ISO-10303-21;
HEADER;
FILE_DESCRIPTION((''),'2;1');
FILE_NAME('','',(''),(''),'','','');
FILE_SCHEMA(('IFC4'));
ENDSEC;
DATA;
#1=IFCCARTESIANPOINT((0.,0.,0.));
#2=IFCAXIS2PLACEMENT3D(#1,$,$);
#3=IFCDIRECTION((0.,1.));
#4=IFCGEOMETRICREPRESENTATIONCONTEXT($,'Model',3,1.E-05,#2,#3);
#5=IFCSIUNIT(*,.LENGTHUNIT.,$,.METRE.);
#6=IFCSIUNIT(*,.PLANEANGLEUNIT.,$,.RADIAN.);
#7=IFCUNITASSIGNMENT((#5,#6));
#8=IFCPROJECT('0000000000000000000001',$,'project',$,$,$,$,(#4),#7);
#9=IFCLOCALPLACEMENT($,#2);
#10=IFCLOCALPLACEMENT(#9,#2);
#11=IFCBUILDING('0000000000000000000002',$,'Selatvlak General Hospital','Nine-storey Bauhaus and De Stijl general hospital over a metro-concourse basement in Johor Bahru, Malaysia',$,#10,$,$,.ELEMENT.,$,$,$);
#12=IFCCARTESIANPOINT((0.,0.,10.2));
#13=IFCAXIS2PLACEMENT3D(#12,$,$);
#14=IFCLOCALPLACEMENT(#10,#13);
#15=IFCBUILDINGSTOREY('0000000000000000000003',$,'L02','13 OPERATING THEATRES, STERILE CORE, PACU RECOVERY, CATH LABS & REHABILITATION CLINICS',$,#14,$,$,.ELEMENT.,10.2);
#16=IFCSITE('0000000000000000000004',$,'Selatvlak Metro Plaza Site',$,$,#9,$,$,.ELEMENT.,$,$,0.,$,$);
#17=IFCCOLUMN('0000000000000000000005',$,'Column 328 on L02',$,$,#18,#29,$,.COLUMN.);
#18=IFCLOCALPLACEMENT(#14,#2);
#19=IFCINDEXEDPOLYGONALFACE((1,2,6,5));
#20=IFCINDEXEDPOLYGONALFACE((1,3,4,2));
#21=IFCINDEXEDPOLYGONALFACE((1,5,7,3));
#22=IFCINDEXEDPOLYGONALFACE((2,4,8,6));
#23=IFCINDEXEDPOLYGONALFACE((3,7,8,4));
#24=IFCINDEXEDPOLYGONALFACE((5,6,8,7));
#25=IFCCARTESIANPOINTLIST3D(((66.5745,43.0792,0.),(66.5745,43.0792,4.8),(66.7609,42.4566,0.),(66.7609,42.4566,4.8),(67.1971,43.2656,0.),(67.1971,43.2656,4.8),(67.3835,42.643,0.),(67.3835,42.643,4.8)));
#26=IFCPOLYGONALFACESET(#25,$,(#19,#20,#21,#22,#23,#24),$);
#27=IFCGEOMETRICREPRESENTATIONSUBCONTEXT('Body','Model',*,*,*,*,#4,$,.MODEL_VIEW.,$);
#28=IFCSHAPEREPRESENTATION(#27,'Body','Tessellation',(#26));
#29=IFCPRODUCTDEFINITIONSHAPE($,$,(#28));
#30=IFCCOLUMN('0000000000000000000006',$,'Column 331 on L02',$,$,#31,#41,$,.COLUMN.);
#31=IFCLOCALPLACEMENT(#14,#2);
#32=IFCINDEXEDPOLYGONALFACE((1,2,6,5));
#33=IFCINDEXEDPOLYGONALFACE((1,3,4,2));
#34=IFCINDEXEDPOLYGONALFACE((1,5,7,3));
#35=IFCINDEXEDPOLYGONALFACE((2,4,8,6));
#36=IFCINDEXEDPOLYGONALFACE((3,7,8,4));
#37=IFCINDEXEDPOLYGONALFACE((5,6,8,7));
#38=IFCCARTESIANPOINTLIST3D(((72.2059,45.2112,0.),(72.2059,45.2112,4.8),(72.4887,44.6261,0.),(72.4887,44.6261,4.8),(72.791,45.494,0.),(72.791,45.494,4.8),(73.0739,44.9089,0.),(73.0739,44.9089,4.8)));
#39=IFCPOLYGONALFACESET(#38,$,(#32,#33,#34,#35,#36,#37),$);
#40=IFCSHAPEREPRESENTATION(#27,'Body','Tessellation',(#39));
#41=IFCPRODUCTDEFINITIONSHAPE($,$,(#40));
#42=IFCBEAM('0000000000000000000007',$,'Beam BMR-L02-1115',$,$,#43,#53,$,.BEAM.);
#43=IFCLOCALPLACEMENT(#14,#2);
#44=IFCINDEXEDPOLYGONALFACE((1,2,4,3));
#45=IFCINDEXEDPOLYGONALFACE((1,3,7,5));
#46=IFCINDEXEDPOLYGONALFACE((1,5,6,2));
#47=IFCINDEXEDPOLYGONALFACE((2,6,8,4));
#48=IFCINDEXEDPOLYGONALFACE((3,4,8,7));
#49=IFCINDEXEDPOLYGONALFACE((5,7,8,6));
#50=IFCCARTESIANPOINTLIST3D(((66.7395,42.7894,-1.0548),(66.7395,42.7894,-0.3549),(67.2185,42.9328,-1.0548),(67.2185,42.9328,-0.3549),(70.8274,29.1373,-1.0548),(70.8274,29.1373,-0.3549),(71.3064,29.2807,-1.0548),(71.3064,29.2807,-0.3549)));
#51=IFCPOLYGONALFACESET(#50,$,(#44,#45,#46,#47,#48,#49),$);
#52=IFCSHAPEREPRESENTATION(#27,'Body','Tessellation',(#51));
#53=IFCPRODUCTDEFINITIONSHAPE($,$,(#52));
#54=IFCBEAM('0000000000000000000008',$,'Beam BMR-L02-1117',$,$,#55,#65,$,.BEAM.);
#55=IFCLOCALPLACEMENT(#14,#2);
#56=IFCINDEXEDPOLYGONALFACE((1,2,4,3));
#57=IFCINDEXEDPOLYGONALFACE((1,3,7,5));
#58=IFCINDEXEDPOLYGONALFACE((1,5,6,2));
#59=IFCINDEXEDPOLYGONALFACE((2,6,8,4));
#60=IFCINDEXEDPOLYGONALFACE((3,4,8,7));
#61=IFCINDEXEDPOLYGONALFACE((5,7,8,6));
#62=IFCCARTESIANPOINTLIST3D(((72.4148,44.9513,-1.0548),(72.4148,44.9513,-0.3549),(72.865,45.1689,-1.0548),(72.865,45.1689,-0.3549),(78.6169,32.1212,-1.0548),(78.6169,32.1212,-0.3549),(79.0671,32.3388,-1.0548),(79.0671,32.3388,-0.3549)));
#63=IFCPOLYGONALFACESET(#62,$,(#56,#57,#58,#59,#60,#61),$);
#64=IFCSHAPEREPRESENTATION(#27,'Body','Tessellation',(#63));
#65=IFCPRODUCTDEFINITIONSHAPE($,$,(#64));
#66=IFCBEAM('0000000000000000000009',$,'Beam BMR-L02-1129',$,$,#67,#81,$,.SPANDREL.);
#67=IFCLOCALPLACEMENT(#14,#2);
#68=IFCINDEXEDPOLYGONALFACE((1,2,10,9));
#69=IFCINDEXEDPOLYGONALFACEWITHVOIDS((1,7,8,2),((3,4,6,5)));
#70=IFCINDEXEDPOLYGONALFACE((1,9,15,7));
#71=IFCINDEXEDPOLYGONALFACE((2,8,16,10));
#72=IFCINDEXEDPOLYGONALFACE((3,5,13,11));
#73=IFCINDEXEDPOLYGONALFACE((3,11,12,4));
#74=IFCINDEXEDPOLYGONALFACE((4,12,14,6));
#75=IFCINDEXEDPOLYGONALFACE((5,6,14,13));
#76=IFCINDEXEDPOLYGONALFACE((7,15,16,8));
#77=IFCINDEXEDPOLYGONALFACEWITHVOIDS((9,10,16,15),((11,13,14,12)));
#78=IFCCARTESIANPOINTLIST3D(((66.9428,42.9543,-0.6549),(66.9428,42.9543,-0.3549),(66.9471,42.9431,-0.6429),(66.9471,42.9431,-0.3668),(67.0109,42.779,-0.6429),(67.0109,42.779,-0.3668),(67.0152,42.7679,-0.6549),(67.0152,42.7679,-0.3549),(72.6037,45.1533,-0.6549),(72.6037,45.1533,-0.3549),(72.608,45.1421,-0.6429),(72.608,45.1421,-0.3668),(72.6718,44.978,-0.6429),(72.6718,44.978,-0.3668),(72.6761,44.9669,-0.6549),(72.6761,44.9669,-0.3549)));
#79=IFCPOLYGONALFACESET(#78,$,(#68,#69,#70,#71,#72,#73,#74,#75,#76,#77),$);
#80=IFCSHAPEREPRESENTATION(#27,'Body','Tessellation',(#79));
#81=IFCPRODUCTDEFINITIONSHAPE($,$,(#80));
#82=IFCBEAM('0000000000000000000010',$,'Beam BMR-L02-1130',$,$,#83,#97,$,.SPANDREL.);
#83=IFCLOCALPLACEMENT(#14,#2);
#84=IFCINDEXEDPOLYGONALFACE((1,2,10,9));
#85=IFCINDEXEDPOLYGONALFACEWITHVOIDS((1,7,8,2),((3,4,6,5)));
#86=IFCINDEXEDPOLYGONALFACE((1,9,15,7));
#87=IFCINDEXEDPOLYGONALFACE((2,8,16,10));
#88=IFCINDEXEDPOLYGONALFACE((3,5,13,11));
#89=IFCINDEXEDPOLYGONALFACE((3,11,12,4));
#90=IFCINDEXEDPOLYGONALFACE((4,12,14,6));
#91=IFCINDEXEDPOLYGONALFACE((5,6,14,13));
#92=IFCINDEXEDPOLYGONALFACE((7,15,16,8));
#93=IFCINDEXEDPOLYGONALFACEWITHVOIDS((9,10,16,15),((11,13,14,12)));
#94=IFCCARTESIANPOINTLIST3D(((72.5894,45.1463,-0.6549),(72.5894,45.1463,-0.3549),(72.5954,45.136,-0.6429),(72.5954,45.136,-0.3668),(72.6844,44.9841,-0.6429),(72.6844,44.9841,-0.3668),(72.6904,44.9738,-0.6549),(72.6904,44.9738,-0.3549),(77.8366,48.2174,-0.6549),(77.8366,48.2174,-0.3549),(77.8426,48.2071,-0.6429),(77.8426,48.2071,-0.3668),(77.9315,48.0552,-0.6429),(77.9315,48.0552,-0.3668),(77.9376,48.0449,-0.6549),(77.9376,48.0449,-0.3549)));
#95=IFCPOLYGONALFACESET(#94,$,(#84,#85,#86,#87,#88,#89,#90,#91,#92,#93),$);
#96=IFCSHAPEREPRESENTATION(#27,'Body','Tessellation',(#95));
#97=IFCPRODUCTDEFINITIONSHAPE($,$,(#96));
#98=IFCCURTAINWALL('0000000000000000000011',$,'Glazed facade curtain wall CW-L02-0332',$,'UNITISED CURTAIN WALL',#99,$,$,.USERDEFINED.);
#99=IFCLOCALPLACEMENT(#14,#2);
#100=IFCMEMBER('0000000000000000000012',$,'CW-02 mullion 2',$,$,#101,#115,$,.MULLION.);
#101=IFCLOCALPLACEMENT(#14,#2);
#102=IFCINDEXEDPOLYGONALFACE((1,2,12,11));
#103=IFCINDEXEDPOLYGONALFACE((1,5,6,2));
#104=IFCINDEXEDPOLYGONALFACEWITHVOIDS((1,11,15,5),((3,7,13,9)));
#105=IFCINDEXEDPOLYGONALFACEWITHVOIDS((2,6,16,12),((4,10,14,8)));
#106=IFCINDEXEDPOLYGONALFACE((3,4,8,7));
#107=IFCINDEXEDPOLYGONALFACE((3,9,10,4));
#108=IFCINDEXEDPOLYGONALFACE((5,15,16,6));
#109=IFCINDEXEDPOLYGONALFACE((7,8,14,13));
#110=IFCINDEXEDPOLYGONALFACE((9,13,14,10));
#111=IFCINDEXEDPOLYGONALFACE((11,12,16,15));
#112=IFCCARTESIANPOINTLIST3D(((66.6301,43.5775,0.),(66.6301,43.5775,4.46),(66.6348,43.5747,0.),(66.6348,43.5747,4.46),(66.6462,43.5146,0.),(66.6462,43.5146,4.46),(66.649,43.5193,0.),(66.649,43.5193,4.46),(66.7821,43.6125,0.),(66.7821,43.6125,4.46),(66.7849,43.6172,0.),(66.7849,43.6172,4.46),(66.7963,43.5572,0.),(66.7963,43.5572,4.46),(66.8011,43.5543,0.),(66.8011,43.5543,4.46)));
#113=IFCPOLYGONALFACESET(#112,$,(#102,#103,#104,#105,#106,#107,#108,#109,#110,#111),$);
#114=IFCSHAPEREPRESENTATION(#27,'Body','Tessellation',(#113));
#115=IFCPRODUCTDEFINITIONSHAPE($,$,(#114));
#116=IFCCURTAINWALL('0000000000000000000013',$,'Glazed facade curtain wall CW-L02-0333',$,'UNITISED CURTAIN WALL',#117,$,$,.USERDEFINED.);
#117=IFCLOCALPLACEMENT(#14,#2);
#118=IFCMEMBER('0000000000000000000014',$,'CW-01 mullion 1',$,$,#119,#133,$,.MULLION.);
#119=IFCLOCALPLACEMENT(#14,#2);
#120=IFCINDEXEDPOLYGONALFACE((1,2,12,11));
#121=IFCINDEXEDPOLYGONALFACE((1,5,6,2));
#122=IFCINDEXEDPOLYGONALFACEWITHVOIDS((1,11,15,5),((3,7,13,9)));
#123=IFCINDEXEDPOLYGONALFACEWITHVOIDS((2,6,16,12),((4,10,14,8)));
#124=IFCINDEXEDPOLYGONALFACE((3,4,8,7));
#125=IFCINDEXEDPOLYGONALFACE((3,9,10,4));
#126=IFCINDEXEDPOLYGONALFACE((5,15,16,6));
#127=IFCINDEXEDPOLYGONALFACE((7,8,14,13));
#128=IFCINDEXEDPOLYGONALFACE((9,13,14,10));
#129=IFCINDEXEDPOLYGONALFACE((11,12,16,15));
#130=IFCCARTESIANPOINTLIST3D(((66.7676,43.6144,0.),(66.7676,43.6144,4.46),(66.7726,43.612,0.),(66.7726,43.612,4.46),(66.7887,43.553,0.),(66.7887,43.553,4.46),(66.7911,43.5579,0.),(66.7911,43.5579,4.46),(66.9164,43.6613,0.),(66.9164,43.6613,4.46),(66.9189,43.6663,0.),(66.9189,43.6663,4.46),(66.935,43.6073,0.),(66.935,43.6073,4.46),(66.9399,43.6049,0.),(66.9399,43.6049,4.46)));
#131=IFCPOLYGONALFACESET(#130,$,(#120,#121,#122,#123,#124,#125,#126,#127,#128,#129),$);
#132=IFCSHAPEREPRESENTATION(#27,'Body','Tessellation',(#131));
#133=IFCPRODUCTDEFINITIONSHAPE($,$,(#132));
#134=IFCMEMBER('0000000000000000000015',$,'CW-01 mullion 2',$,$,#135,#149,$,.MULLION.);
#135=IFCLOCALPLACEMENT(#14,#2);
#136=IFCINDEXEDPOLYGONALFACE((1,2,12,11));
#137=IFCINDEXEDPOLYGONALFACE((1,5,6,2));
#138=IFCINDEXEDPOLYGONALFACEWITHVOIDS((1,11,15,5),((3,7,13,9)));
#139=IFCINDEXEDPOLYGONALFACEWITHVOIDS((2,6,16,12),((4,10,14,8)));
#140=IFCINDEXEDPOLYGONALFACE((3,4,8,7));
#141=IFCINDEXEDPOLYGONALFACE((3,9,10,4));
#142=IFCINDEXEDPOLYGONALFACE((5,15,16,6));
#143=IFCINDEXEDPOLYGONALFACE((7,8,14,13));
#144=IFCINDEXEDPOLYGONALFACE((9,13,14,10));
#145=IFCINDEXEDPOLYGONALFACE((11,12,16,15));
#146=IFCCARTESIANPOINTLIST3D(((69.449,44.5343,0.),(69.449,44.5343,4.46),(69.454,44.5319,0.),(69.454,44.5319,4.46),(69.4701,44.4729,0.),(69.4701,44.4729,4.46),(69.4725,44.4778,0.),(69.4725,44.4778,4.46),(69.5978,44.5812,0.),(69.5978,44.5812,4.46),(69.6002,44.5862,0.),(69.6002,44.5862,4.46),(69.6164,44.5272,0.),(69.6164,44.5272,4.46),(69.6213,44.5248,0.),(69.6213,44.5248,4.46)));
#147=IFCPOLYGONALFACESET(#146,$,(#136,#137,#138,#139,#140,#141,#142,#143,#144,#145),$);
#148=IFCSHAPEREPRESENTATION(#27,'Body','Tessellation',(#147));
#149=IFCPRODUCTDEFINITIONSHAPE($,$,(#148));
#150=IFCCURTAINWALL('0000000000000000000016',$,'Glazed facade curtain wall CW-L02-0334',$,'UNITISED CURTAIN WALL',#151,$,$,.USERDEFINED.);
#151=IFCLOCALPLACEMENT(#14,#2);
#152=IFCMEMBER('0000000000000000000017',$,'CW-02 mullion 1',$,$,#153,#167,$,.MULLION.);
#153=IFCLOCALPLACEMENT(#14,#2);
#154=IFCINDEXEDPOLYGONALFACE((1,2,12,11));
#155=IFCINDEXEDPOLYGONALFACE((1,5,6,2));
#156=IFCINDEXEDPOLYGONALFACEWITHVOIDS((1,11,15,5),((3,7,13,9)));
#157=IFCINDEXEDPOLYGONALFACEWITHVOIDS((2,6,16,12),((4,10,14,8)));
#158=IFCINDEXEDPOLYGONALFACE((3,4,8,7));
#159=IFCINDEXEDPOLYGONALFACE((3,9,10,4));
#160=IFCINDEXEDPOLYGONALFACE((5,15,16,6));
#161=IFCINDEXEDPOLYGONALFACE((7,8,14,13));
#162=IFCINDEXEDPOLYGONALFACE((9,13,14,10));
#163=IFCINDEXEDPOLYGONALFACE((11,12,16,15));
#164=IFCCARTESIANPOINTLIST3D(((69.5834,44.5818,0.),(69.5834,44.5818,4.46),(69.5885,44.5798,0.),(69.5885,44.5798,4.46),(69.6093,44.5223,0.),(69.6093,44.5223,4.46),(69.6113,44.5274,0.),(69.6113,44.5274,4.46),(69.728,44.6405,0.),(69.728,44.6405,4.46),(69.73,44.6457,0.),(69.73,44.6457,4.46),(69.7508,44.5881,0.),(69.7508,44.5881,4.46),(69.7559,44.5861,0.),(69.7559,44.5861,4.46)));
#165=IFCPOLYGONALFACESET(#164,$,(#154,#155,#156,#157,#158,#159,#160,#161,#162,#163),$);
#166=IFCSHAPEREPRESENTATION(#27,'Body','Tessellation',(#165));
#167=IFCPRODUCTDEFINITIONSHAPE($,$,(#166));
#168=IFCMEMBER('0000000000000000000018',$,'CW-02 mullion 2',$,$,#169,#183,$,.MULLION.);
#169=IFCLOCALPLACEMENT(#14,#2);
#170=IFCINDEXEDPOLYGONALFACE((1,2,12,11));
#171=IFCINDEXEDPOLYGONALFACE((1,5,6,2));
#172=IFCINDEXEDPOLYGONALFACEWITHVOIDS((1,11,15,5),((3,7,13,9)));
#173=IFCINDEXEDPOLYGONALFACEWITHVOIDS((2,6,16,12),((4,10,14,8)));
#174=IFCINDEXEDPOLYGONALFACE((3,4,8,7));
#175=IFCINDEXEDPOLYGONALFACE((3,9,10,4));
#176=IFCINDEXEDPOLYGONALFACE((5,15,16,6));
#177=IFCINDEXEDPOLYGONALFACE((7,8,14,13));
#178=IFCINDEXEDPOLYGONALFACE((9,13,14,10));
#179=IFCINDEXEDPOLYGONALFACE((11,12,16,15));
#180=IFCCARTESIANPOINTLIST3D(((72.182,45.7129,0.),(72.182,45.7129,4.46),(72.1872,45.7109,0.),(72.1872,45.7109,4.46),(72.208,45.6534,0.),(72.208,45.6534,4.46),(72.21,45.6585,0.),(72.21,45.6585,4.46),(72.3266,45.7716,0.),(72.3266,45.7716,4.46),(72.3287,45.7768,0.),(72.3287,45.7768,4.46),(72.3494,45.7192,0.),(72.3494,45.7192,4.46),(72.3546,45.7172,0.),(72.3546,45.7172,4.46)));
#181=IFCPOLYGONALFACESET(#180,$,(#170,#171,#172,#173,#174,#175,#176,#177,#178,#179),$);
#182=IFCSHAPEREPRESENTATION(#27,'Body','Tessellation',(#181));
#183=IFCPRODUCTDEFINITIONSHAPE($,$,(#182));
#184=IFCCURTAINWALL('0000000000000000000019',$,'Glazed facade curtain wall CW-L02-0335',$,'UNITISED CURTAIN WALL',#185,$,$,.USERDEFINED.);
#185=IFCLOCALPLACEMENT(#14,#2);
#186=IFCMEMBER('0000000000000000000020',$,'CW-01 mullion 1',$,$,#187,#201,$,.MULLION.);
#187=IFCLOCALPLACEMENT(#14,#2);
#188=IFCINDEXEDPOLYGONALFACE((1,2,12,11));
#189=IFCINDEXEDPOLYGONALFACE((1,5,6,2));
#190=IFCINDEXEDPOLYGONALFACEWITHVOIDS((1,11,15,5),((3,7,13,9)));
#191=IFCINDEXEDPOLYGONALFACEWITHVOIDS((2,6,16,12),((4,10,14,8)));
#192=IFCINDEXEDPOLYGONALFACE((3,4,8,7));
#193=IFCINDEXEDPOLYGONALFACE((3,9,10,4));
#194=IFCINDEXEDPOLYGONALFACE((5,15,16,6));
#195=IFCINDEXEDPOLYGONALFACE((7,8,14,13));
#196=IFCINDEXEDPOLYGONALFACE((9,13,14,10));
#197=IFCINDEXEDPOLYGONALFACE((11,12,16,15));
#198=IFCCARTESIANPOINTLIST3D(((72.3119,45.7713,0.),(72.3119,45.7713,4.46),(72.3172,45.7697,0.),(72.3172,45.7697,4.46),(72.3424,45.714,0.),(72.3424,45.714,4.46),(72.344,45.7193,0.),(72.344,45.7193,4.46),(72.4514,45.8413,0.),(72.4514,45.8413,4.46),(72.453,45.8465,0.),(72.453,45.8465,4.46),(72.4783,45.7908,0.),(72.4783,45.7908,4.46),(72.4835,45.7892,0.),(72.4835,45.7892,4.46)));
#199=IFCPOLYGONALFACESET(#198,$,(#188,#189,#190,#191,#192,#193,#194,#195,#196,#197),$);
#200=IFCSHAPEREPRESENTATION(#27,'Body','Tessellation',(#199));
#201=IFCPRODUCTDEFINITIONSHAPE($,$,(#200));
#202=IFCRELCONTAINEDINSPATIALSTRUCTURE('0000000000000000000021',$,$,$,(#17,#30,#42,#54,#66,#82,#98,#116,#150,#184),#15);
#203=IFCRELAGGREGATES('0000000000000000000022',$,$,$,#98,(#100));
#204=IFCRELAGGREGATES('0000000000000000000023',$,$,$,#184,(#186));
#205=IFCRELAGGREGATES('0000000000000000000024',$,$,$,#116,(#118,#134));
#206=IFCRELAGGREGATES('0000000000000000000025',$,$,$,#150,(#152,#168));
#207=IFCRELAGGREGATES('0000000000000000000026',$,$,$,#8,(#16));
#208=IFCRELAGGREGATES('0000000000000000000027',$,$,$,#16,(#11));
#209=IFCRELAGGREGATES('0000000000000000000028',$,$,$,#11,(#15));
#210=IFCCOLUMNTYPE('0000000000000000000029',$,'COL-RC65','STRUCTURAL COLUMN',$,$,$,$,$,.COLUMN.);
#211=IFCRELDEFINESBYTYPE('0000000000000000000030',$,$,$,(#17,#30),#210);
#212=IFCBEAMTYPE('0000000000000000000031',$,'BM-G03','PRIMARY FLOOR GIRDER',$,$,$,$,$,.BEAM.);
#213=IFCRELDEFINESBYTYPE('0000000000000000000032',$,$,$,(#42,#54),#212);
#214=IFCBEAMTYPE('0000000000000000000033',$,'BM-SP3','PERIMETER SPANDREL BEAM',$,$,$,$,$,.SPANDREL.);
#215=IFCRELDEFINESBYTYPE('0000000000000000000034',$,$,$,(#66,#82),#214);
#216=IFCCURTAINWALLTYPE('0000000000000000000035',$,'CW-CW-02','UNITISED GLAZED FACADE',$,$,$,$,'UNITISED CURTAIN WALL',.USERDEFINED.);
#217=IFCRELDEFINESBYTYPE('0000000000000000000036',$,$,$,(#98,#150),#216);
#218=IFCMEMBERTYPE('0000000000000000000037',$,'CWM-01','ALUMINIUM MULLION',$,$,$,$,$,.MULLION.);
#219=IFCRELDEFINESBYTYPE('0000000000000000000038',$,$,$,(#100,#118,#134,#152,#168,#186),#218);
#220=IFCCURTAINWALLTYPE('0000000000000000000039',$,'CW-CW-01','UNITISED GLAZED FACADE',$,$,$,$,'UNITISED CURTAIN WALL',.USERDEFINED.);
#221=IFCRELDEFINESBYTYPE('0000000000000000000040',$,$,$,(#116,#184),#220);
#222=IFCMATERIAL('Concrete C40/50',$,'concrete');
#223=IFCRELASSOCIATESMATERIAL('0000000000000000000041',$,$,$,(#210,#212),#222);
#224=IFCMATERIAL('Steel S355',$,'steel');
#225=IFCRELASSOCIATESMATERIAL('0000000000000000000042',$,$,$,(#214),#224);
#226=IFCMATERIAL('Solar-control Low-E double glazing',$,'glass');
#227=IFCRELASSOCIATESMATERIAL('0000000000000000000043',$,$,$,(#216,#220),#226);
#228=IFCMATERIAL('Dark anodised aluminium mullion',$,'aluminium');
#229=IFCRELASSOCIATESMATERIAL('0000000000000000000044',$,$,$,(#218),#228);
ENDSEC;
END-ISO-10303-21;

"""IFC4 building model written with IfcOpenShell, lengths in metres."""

from ifc_helpers import new_model, si_unit, direction, frame, origin, origin_2d, place, context, subcontext, project, spatial, rectangle, hollow_rectangle, extrude, material, material_profile, profile_set, type_object, element, aggregate, save


model = new_model("IFC4")

# Units and contexts
model_context = context("Model", 3, precision=1e-05, world=origin(), true_north=direction((0.0, 1.0)))
body_context = subcontext(model_context, "Body", "Model", "MODEL_VIEW")
ifc_project = project(units=[si_unit("LENGTHUNIT", "METRE"), si_unit("PLANEANGLEUNIT", "RADIAN")], contexts=[model_context])

# Site, building, storey
site_placement = place(None, origin())
site = spatial("IfcSite", under=ifc_project, at=site_placement, Name="Selatvlak Metro Plaza Site", CompositionType="ELEMENT", RefElevation=0.0)
building_placement = place(site_placement, origin())
building = spatial("IfcBuilding", under=site, at=building_placement, Name="Selatvlak General Hospital", Description="Nine-storey Bauhaus and De Stijl general hospital over a metro-concourse basement in Johor Bahru, Malaysia", CompositionType="ELEMENT")
storey_placement = place(building_placement, frame((0.0, 0.0, 10.2)))
storey = spatial("IfcBuildingStorey", under=building, at=storey_placement, Name="L02", Description="13 OPERATING THEATRES, STERILE CORE, PACU RECOVERY, CATH LABS & REHABILITATION CLINICS", CompositionType="ELEMENT", Elevation=10.2)

# Columns
ifc_material_1 = material(Name="Concrete C40/50", Category="concrete")
ifc_material_profile_1 = material_profile(ifc_material_1, rectangle(XDim=0.6499, YDim=0.6499, at=origin_2d()), Name="RC-COL 650x650")
ifc_profile_set_1 = profile_set([ifc_material_profile_1], Name="Concrete C40/50")
column_type = type_object("IfcColumnType", Name="COL-RC65", Description="STRUCTURAL COLUMN", PredefinedType="COLUMN", material=ifc_profile_set_1)
for number, where, z_axis, x_axis, name in (
    (1, (66.979, 42.8611, 0.0), (0.0, 0.0, 1.0), (-0.286859, 0.957973, 0.0), "Column 328 on L02"),
    (2, (72.6399, 45.0601, 0.0), (0.0, 0.0, 1.0), (-0.4352, 0.900334, 0.0), "Column 331 on L02"),
):
    element("IfcColumn", number, at=place(storey_placement, frame(where, z_axis=z_axis, x_axis=x_axis)), inside=storey, type_object=column_type, Name=name, PredefinedType="COLUMN", context=body_context, shape_type="SweptSolid", body=[
        extrude(rectangle(XDim=0.6499, YDim=0.6499, at=origin_2d()), origin(), (0.0, 0.0, 1.0), 4.8),
    ])

# Beams
ifc_material_profile_2 = material_profile(ifc_material_1, rectangle(XDim=0.5, YDim=0.7, at=origin_2d()), Name="RC-BM 500x700")
ifc_profile_set_2 = profile_set([ifc_material_profile_2], Name="Concrete C40/50")
beam_type_1 = type_object("IfcBeamType", Name="BM-G03", Description="PRIMARY FLOOR GIRDER", PredefinedType="BEAM", material=ifc_profile_set_2)
beam_1_placement = place(storey_placement, frame((66.979, 42.8611, -0.7048), z_axis=(0.28685, -0.957976, 0.0), x_axis=(0.957976, 0.28685, 0.0)))
element("IfcBeam", 3, at=beam_1_placement, inside=storey, type_object=beam_type_1, Name="Beam BMR-L02-1115", PredefinedType="BEAM", context=body_context, shape_type="SweptSolid", body=[
    extrude(rectangle(XDim=0.5, YDim=0.7, at=origin_2d()), origin(), (0.0, 0.0, 1.0), 14.251),
])
beam_2_placement = place(storey_placement, frame((72.6399, 45.0601, -0.7048), z_axis=(0.435222, -0.900323, 0.0), x_axis=(0.900323, 0.435222, 0.0)))
element("IfcBeam", 4, at=beam_2_placement, inside=storey, type_object=beam_type_1, Name="Beam BMR-L02-1117", PredefinedType="BEAM", context=body_context, shape_type="SweptSolid", body=[
    extrude(rectangle(XDim=0.5, YDim=0.7, at=origin_2d()), origin(), (0.0, 0.0, 1.0), 14.2505),
])
ifc_material_2 = material(Name="Steel S355", Category="steel")
ifc_material_profile_3 = material_profile(ifc_material_2, hollow_rectangle(XDim=0.2, YDim=0.3, WallThickness=0.012, at=origin_2d()), Name="RHS 300x200x12")
ifc_profile_set_3 = profile_set([ifc_material_profile_3], Name="Steel S355")
beam_type_2 = type_object("IfcBeamType", Name="BM-SP3", Description="PERIMETER SPANDREL BEAM", PredefinedType="SPANDREL", material=ifc_profile_set_3)
beam_3_placement = place(storey_placement, frame((66.979, 42.8611, -0.5049), z_axis=(0.932143, 0.362091, 0.0), x_axis=(-0.362091, 0.932143, 0.0)))
element("IfcBeam", 5, at=beam_3_placement, inside=storey, type_object=beam_type_2, Name="Beam BMR-L02-1129", PredefinedType="SPANDREL", context=body_context, shape_type="SweptSolid", body=[
    extrude(hollow_rectangle(XDim=0.2, YDim=0.3, WallThickness=0.012, at=origin_2d()), origin(), (0.0, 0.0, 1.0), 6.073),
])
beam_4_placement = place(storey_placement, frame((72.6399, 45.0601, -0.5049), z_axis=(0.863044, 0.505129, 0.0), x_axis=(-0.505129, 0.863044, 0.0)))
element("IfcBeam", 6, at=beam_4_placement, inside=storey, type_object=beam_type_2, Name="Beam BMR-L02-1130", PredefinedType="SPANDREL", context=body_context, shape_type="SweptSolid", body=[
    extrude(hollow_rectangle(XDim=0.2, YDim=0.3, WallThickness=0.012, at=origin_2d()), origin(), (0.0, 0.0, 1.0), 6.0798),
])

# Curtain wall, member
ifc_material_3 = material(Name="Solar-control Low-E double glazing", Category="glass")
curtain_wall_type_1 = type_object("IfcCurtainWallType", Name="CW-CW-02", Description="UNITISED GLAZED FACADE", ElementType="UNITISED CURTAIN WALL", PredefinedType="USERDEFINED", material=ifc_material_3)
curtain_wall_1_placement = place(storey_placement, origin())
curtain_wall_1 = element("IfcCurtainWall", 7, at=curtain_wall_1_placement, inside=storey, type_object=curtain_wall_type_1, Name="Glazed facade curtain wall CW-L02-0332", ObjectType="UNITISED CURTAIN WALL", PredefinedType="USERDEFINED")
ifc_material_4 = material(Name="Dark anodised aluminium mullion", Category="aluminium")
ifc_material_profile_4 = material_profile(ifc_material_4, hollow_rectangle(XDim=0.0649, YDim=0.1599, WallThickness=0.0039, at=origin_2d()), Name="AL-MUL 65x160x4")
ifc_profile_set_4 = profile_set([ifc_material_profile_4], Name="Dark anodised aluminium mullion")
member_type_1 = type_object("IfcMemberType", Name="CWM-01", Description="ALUMINIUM MULLION", PredefinedType="MULLION", material=ifc_profile_set_4)
member_1_placement = place(storey_placement, frame((66.7156, 43.5659, 0.0), z_axis=(0.0, 0.0, 1.0), x_axis=(-0.248607, 0.968604, 0.0)))
member_1 = element("IfcMember", 8, at=member_1_placement, type_object=member_type_1, Name="CW-02 mullion 2", PredefinedType="MULLION", context=body_context, shape_type="SweptSolid", body=[
    extrude(hollow_rectangle(XDim=0.0649, YDim=0.1599, WallThickness=0.0039, at=origin_2d()), origin(), (0.0, 0.0, 1.0), 4.46),
])
aggregate(curtain_wall_1, [member_1])

# Curtain walls, members
curtain_wall_type_2 = type_object("IfcCurtainWallType", Name="CW-CW-01", Description="UNITISED GLAZED FACADE", ElementType="UNITISED CURTAIN WALL", PredefinedType="USERDEFINED", material=ifc_material_3)
curtain_wall_2_placement = place(storey_placement, origin())
curtain_wall_2 = element("IfcCurtainWall", 9, at=curtain_wall_2_placement, inside=storey, type_object=curtain_wall_type_2, Name="Glazed facade curtain wall CW-L02-0333", ObjectType="UNITISED CURTAIN WALL", PredefinedType="USERDEFINED")
member_2_placement = place(storey_placement, frame((66.8538, 43.6096, 0.0), z_axis=(0.0, 0.0, 1.0), x_axis=(-0.324492, 0.945889, 0.0)))
member_2 = element("IfcMember", 10, at=member_2_placement, type_object=member_type_1, Name="CW-01 mullion 1", PredefinedType="MULLION", context=body_context, shape_type="SweptSolid", body=[
    extrude(hollow_rectangle(XDim=0.0649, YDim=0.1599, WallThickness=0.0039, at=origin_2d()), origin(), (0.0, 0.0, 1.0), 4.46),
])
member_3_placement = place(storey_placement, frame((69.5352, 44.5295, 0.0), z_axis=(0.0, 0.0, 1.0), x_axis=(-0.324492, 0.945889, 0.0)))
member_3 = element("IfcMember", 11, at=member_3_placement, type_object=member_type_1, Name="CW-01 mullion 2", PredefinedType="MULLION", context=body_context, shape_type="SweptSolid", body=[
    extrude(hollow_rectangle(XDim=0.0649, YDim=0.1599, WallThickness=0.0039, at=origin_2d()), origin(), (0.0, 0.0, 1.0), 4.46),
])
curtain_wall_3_placement = place(storey_placement, origin())
curtain_wall_3 = element("IfcCurtainWall", 12, at=curtain_wall_3_placement, inside=storey, type_object=curtain_wall_type_1, Name="Glazed facade curtain wall CW-L02-0334", ObjectType="UNITISED CURTAIN WALL", PredefinedType="USERDEFINED")
member_4_placement = place(storey_placement, frame((69.6697, 44.584, 0.0), z_axis=(0.0, 0.0, 1.0), x_axis=(-0.399117, 0.9169, 0.0)))
member_4 = element("IfcMember", 13, at=member_4_placement, type_object=member_type_1, Name="CW-02 mullion 1", PredefinedType="MULLION", context=body_context, shape_type="SweptSolid", body=[
    extrude(hollow_rectangle(XDim=0.0649, YDim=0.1599, WallThickness=0.0039, at=origin_2d()), origin(), (0.0, 0.0, 1.0), 4.46),
])
member_5_placement = place(storey_placement, frame((72.2683, 45.7151, 0.0), z_axis=(0.0, 0.0, 1.0), x_axis=(-0.399117, 0.9169, 0.0)))
member_5 = element("IfcMember", 14, at=member_5_placement, type_object=member_type_1, Name="CW-02 mullion 2", PredefinedType="MULLION", context=body_context, shape_type="SweptSolid", body=[
    extrude(hollow_rectangle(XDim=0.0649, YDim=0.1599, WallThickness=0.0039, at=origin_2d()), origin(), (0.0, 0.0, 1.0), 4.46),
])

# Curtain wall, member
curtain_wall_4_placement = place(storey_placement, origin())
curtain_wall_4 = element("IfcCurtainWall", 15, at=curtain_wall_4_placement, inside=storey, type_object=curtain_wall_type_2, Name="Glazed facade curtain wall CW-L02-0335", ObjectType="UNITISED CURTAIN WALL", PredefinedType="USERDEFINED")
member_6_placement = place(storey_placement, frame((72.3977, 45.7803, 0.0), z_axis=(0.0, 0.0, 1.0), x_axis=(-0.470338, 0.882486, 0.0)))
member_6 = element("IfcMember", 16, at=member_6_placement, type_object=member_type_1, Name="CW-01 mullion 1", PredefinedType="MULLION", context=body_context, shape_type="SweptSolid", body=[
    extrude(hollow_rectangle(XDim=0.0649, YDim=0.1599, WallThickness=0.0039, at=origin_2d()), origin(), (0.0, 0.0, 1.0), 4.46),
])

aggregate(curtain_wall_4, [member_6])

aggregate(curtain_wall_2, [member_2, member_3])
aggregate(curtain_wall_3, [member_4, member_5])

save(model, "model.ifc")
